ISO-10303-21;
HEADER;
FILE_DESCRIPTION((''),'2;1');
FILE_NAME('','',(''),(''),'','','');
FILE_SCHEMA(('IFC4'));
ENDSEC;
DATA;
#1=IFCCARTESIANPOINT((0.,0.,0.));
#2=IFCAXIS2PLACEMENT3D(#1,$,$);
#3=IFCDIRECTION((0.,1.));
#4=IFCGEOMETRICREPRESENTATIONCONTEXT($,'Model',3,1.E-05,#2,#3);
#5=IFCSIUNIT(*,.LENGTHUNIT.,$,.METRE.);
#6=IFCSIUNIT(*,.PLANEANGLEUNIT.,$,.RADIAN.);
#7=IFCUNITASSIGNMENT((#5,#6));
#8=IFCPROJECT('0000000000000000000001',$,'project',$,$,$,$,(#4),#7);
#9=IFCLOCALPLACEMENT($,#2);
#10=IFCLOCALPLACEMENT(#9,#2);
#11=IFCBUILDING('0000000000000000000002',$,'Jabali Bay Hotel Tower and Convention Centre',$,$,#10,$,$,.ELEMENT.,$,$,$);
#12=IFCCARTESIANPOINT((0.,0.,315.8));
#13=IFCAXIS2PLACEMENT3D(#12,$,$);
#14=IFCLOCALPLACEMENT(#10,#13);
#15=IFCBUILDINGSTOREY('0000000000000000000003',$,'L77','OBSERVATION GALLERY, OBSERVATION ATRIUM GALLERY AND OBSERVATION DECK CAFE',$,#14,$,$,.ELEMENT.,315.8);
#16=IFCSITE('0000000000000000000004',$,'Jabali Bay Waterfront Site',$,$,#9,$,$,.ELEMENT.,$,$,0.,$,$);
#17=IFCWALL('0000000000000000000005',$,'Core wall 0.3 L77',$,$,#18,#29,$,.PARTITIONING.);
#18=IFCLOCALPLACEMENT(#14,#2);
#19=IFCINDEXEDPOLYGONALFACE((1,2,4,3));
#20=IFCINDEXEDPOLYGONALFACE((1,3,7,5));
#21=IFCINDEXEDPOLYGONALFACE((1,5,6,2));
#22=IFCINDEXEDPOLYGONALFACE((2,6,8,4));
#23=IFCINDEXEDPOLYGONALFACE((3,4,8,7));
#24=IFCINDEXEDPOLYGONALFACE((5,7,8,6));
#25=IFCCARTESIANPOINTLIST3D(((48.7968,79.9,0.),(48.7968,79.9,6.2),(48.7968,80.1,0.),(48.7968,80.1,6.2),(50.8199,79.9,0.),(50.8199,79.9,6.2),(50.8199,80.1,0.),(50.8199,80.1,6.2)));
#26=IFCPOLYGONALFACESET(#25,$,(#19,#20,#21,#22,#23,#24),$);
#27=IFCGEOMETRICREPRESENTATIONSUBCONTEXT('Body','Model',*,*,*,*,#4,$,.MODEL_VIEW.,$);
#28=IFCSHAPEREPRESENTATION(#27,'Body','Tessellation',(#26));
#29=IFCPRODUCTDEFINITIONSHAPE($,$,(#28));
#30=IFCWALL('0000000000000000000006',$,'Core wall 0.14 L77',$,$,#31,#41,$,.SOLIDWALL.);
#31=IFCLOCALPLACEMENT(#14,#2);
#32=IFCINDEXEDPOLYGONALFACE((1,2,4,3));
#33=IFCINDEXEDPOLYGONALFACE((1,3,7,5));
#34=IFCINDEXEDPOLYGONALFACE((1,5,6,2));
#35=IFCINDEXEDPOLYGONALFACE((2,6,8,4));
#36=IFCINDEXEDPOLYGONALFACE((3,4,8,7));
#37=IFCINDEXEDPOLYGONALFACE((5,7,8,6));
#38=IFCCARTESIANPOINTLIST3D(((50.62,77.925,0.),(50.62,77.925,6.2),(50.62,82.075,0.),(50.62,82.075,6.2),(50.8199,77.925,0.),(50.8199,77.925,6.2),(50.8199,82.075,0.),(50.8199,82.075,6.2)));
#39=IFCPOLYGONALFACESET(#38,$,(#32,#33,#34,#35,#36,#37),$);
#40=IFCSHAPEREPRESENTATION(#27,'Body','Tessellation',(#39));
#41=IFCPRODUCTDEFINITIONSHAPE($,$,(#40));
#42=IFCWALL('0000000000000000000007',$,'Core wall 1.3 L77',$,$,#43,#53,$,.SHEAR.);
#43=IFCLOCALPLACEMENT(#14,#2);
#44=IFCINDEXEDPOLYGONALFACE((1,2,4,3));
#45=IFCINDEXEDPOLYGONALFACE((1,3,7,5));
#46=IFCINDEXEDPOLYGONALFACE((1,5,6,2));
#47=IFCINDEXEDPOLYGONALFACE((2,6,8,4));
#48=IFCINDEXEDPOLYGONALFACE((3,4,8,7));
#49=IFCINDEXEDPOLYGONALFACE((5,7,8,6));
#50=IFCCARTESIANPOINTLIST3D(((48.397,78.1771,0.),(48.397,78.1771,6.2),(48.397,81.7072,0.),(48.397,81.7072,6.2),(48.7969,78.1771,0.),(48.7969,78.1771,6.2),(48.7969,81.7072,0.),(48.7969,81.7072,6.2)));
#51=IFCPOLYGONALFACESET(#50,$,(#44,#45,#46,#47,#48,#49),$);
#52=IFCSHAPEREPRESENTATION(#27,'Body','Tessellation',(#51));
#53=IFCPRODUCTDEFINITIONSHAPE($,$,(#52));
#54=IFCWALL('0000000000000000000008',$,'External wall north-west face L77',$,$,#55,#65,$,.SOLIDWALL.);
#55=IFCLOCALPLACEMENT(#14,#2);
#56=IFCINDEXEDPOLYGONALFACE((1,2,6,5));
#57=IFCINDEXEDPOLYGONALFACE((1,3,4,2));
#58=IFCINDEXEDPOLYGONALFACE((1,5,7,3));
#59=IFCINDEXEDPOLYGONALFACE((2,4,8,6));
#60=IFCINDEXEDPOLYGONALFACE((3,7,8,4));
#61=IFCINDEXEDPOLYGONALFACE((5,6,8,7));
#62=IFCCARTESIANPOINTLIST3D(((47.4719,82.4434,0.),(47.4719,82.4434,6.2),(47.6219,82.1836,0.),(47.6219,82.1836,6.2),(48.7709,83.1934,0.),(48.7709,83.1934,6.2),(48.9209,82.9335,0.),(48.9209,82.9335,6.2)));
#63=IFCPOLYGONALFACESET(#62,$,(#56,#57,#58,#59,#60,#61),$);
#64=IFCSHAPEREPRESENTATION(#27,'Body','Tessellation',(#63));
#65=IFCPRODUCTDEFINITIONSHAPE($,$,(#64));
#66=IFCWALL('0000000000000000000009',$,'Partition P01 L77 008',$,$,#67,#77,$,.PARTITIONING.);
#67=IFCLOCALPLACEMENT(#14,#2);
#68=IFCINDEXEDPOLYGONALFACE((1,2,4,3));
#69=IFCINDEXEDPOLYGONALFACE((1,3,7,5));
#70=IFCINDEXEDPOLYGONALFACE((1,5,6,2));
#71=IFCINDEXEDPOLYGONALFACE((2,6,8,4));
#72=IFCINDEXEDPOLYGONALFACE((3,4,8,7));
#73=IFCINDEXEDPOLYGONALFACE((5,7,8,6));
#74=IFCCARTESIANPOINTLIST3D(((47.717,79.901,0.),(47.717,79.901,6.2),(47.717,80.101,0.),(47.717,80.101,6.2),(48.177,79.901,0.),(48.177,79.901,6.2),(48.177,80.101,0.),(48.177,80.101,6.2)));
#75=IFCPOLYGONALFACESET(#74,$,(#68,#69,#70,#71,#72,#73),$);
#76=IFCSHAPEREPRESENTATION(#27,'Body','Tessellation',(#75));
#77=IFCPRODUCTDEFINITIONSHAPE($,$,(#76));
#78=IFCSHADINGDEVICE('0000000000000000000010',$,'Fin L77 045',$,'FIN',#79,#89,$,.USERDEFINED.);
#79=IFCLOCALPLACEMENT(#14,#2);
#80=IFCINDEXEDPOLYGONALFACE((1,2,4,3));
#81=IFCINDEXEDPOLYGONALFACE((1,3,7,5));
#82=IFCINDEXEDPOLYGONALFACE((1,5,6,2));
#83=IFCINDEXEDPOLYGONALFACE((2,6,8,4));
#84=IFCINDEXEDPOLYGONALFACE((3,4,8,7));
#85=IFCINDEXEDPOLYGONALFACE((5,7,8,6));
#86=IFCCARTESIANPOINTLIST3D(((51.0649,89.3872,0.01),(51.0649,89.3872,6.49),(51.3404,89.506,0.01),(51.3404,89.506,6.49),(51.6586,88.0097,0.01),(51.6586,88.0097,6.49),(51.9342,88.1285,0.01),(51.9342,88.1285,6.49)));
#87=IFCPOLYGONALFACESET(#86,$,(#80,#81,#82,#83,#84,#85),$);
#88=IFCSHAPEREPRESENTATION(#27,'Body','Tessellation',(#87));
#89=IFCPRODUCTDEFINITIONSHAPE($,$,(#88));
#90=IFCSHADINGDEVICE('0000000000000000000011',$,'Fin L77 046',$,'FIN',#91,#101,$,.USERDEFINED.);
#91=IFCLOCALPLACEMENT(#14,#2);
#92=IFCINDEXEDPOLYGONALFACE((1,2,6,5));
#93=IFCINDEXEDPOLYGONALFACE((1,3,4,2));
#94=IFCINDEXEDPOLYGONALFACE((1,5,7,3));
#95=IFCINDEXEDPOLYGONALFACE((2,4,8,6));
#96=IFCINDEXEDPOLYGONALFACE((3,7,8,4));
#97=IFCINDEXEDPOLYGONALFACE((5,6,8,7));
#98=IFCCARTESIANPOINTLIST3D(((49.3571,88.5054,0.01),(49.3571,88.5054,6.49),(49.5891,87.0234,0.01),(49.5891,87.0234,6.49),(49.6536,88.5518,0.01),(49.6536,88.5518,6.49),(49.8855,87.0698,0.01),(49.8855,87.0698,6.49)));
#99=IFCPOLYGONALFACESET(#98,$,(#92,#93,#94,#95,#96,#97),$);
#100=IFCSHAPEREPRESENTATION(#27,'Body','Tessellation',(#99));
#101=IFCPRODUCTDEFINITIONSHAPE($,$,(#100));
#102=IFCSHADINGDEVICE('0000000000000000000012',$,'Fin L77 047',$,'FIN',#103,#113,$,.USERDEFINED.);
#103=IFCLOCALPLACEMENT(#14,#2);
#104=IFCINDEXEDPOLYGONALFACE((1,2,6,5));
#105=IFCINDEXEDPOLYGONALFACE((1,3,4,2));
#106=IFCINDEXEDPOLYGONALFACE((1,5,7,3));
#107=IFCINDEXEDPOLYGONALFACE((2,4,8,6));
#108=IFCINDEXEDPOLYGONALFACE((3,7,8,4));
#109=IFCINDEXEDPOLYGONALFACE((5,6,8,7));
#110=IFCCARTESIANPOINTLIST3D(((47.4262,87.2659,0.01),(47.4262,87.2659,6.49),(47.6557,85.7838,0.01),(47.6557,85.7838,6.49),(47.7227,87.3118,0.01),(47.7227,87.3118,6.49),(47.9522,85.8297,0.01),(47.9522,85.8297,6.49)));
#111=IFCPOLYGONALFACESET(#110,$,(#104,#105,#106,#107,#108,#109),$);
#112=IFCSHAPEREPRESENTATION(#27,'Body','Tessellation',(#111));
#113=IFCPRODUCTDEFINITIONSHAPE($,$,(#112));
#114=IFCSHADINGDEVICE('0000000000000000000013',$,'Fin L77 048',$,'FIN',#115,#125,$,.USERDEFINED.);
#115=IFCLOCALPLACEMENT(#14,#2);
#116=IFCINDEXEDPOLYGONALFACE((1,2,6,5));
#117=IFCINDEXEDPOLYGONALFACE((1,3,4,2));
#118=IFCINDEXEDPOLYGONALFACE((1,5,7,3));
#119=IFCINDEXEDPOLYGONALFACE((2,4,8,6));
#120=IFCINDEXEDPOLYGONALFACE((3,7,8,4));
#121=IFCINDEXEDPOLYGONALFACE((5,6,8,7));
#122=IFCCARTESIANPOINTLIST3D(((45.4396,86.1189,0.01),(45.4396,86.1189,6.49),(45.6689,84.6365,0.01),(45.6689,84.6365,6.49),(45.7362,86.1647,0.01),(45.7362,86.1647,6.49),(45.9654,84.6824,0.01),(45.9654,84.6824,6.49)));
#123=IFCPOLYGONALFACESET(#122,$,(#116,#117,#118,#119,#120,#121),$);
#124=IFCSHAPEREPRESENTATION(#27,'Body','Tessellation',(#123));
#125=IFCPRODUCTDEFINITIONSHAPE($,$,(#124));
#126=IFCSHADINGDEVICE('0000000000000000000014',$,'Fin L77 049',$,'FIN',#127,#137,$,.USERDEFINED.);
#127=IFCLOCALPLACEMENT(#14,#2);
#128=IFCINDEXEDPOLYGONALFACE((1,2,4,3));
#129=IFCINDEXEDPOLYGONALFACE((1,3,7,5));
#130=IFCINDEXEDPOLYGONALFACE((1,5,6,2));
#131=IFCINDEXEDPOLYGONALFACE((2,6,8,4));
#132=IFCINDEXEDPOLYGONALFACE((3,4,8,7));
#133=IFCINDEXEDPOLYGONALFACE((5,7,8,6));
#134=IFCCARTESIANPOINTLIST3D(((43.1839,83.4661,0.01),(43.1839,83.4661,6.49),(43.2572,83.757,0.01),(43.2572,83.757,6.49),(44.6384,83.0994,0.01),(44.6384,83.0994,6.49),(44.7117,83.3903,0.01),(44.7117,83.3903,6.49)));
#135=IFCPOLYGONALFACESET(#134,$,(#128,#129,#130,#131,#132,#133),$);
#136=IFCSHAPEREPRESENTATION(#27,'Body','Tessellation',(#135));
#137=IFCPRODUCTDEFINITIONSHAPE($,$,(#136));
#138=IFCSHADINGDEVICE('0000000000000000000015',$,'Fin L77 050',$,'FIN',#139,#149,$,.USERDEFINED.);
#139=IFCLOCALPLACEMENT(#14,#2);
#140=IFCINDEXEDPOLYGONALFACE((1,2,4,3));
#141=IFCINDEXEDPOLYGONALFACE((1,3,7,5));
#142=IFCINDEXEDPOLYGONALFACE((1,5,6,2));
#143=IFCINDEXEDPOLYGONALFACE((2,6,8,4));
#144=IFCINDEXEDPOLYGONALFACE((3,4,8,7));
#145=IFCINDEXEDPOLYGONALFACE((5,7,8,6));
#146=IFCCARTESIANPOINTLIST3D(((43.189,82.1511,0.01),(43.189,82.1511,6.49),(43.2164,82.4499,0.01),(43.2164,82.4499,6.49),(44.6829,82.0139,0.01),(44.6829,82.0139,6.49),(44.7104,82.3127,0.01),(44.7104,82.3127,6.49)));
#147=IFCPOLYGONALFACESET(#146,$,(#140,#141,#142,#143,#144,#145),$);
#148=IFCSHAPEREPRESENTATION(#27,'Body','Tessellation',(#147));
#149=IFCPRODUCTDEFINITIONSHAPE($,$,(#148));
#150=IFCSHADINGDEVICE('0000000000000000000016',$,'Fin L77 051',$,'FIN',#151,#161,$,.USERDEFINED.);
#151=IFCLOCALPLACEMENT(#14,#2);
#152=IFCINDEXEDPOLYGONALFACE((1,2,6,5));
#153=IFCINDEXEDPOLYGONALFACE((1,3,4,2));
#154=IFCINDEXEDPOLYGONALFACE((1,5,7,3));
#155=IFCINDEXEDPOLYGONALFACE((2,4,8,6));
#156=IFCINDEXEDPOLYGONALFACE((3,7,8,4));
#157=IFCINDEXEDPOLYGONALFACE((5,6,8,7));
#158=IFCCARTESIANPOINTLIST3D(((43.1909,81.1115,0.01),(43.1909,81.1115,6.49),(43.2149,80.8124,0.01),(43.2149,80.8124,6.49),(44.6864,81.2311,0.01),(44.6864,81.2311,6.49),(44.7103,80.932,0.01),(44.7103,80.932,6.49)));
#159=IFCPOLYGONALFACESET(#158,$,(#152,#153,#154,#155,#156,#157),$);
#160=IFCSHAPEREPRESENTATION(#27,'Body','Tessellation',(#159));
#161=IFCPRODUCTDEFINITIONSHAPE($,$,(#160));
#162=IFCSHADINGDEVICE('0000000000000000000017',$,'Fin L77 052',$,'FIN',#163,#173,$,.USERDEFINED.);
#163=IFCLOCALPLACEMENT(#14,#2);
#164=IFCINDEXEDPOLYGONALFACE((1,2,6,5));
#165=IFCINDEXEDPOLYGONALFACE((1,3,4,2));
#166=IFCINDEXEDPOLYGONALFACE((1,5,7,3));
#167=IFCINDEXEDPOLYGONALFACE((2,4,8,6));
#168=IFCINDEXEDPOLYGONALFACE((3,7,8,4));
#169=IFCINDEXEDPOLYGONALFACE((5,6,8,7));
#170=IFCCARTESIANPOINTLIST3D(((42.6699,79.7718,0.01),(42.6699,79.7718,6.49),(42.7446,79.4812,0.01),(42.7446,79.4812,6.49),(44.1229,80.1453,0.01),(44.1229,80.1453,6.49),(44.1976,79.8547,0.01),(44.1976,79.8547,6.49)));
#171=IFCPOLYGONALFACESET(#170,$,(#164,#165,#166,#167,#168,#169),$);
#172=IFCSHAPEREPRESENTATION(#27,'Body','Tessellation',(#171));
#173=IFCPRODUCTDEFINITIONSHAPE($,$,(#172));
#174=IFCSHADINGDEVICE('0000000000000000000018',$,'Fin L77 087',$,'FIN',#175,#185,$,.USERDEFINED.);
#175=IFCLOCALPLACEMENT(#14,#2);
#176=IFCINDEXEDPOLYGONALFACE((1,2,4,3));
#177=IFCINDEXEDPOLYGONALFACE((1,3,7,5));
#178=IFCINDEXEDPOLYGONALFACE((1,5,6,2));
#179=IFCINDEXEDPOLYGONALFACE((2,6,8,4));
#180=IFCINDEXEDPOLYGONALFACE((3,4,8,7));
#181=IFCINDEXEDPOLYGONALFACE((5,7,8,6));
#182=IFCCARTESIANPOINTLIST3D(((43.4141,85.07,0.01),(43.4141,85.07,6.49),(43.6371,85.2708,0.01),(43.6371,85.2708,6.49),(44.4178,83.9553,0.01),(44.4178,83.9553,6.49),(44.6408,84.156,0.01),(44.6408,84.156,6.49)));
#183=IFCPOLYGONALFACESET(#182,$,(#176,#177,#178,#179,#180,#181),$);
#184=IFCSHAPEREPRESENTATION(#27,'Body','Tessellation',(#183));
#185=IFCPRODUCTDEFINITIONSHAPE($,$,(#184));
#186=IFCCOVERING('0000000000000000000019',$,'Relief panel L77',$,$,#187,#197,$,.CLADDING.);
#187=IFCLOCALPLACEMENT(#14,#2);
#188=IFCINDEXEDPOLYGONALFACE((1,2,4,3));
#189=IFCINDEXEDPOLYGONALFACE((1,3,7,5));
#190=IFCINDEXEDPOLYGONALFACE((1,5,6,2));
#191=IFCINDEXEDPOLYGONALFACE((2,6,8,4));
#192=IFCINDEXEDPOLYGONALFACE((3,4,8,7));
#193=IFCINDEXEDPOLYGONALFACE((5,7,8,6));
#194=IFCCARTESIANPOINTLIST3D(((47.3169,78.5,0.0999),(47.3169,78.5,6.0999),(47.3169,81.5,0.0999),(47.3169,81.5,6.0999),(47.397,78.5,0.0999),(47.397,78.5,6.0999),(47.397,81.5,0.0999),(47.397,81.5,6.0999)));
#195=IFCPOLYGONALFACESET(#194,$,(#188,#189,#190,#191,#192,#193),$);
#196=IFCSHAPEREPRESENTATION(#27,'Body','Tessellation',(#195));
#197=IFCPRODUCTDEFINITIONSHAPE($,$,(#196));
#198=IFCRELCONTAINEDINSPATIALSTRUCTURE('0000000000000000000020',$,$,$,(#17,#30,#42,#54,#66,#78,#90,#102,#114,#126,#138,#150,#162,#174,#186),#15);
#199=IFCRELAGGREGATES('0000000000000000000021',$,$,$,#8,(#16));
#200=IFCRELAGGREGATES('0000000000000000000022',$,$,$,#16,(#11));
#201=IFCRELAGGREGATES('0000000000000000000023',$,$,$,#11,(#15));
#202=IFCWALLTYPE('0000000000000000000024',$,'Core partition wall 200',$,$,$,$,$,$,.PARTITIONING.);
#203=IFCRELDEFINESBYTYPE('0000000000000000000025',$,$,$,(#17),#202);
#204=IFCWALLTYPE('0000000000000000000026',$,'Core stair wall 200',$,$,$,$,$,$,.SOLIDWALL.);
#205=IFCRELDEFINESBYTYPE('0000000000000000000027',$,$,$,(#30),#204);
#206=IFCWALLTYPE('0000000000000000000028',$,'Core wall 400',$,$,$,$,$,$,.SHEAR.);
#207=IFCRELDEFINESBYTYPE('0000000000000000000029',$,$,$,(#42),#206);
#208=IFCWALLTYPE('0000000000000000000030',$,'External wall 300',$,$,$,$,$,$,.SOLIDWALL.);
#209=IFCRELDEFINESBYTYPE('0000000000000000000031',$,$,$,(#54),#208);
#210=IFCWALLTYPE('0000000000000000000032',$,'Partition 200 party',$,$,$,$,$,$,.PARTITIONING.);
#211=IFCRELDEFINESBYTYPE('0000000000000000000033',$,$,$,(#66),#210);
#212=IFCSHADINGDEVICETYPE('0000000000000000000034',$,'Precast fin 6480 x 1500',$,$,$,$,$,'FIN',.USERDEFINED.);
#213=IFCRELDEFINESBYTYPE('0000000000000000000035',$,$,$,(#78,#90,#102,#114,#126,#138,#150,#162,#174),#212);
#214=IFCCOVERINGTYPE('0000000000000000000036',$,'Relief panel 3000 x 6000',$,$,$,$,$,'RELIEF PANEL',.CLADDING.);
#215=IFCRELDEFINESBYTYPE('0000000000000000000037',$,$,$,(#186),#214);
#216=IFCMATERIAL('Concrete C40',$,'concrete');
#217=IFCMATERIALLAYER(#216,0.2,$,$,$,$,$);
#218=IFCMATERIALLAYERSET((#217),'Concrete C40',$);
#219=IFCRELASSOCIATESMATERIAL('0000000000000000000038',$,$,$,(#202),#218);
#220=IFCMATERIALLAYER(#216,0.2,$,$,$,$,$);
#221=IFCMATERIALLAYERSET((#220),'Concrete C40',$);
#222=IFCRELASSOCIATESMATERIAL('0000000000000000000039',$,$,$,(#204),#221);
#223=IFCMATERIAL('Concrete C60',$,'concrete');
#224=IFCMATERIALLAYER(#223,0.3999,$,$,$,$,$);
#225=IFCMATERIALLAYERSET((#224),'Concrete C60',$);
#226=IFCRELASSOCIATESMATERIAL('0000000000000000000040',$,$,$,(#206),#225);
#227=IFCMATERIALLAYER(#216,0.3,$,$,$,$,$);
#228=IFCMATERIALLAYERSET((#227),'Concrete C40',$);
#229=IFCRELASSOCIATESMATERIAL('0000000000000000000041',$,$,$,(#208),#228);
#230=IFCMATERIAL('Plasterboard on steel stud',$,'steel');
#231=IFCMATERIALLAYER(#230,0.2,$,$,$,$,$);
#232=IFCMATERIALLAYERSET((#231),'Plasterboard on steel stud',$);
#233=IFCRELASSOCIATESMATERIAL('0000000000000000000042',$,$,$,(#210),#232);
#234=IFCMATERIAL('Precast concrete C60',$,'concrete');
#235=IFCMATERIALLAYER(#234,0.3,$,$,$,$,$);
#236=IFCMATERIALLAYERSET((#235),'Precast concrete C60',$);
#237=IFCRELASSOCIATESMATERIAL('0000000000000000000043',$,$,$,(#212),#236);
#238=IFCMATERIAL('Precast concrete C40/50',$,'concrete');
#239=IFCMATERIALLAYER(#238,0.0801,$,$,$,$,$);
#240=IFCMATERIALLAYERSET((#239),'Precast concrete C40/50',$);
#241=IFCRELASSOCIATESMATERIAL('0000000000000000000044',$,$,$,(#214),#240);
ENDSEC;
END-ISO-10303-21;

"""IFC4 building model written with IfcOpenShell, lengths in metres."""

from ifc_helpers import new_model, si_unit, direction, frame, frame_2d, origin, origin_2d, place, context, subcontext, project, spatial, rectangle, extrude, material, layer, layer_set, type_object, element, save


model = new_model("IFC4")

# Units and contexts
model_context = context("Model", 3, precision=1e-05, world=origin(), true_north=direction((0.0, 1.0)))
body_context = subcontext(model_context, "Body", "Model", "MODEL_VIEW")
ifc_project = project(units=[si_unit("LENGTHUNIT", "METRE"), si_unit("PLANEANGLEUNIT", "RADIAN")], contexts=[model_context])

# Site, building, storey
site_placement = place(None, origin())
site = spatial("IfcSite", under=ifc_project, at=site_placement, Name="Jabali Bay Waterfront Site", CompositionType="ELEMENT", RefElevation=0.0)
building_placement = place(site_placement, origin())
building = spatial("IfcBuilding", under=site, at=building_placement, Name="Jabali Bay Hotel Tower and Convention Centre", CompositionType="ELEMENT")
storey_placement = place(building_placement, frame((0.0, 0.0, 315.8)))
storey = spatial("IfcBuildingStorey", under=building, at=storey_placement, Name="L77", Description="OBSERVATION GALLERY, OBSERVATION ATRIUM GALLERY AND OBSERVATION DECK CAFE", CompositionType="ELEMENT", Elevation=315.8)

# Shared definitions
ifc_material_1 = material(Name="Concrete C60", Category="concrete")

# Walls
ifc_material_2 = material(Name="Concrete C40", Category="concrete")
ifc_layer_1 = layer(ifc_material_2, 0.2)
ifc_layer_set_1 = layer_set([ifc_layer_1], Name="Concrete C40")
wall_type_1 = type_object("IfcWallType", Name="Core partition wall 200", PredefinedType="PARTITIONING", material=ifc_layer_set_1)
wall_1_placement = place(storey_placement, frame((50.8201, 80.0, 0.0), z_axis=(0.0, 0.0, 1.0), x_axis=(-1.0, 0.0, 0.0)))
element("IfcWall", 1, at=wall_1_placement, inside=storey, type_object=wall_type_1, Name="Core wall 0.3 L77", PredefinedType="PARTITIONING", context=body_context, shape_type="SweptSolid", body=[
    extrude(rectangle(XDim=2.0232, YDim=0.2, at=frame_2d((1.0117, 0.0))), origin(), (0.0, 0.0, 1.0), 6.2),
])
ifc_layer_2 = layer(ifc_material_2, 0.2)
ifc_layer_set_2 = layer_set([ifc_layer_2], Name="Concrete C40")
wall_type_2 = type_object("IfcWallType", Name="Core stair wall 200", PredefinedType="SOLIDWALL", material=ifc_layer_set_2)
wall_2_placement = place(storey_placement, frame((50.72, 82.075, 0.0), z_axis=(0.0, 0.0, 1.0), x_axis=(0.0, -1.0, 0.0)))
element("IfcWall", 2, at=wall_2_placement, inside=storey, type_object=wall_type_2, Name="Core wall 0.14 L77", PredefinedType="SOLIDWALL", context=body_context, shape_type="SweptSolid", body=[
    extrude(rectangle(XDim=4.1499, YDim=0.2, at=frame_2d((2.075, 0.0))), origin(), (0.0, 0.0, 1.0), 6.2),
])
ifc_layer_3 = layer(ifc_material_1, 0.3999)
ifc_layer_set_3 = layer_set([ifc_layer_3], Name="Concrete C60")
wall_type_3 = type_object("IfcWallType", Name="Core wall 400", PredefinedType="SHEAR", material=ifc_layer_set_3)
wall_3_placement = place(storey_placement, frame((48.5969, 81.7073, 0.0), z_axis=(0.0, 0.0, 1.0), x_axis=(0.0, -1.0, 0.0)))
element("IfcWall", 3, at=wall_3_placement, inside=storey, type_object=wall_type_3, Name="Core wall 1.3 L77", PredefinedType="SHEAR", context=body_context, shape_type="SweptSolid", body=[
    extrude(rectangle(XDim=3.53, YDim=0.3999, at=frame_2d((1.7651, 0.0))), origin(), (0.0, 0.0, 1.0), 6.2),
])
ifc_layer_4 = layer(ifc_material_2, 0.3)
ifc_layer_set_4 = layer_set([ifc_layer_4], Name="Concrete C40")
wall_type_4 = type_object("IfcWallType", Name="External wall 300", PredefinedType="SOLIDWALL", material=ifc_layer_set_4)
wall_4_placement = place(storey_placement, frame((47.5469, 82.3135, 0.0), z_axis=(0.0, 0.0, 1.0), x_axis=(0.866031, 0.49999, 0.0)))
element("IfcWall", 4, at=wall_4_placement, inside=storey, type_object=wall_type_4, Name="External wall north-west face L77", PredefinedType="SOLIDWALL", context=body_context, shape_type="SweptSolid", body=[
    extrude(rectangle(XDim=1.5, YDim=0.3, at=frame_2d((0.75, 0.0))), origin(), (0.0, 0.0, 1.0), 6.2),
])
ifc_material_3 = material(Name="Plasterboard on steel stud", Category="steel")
ifc_layer_5 = layer(ifc_material_3, 0.2)
ifc_layer_set_5 = layer_set([ifc_layer_5], Name="Plasterboard on steel stud")
wall_type_5 = type_object("IfcWallType", Name="Partition 200 party", PredefinedType="PARTITIONING", material=ifc_layer_set_5)
wall_5_placement = place(storey_placement, frame((47.717, 80.001, 0.0), z_axis=(0.0, 0.0, 1.0), x_axis=(1.0, 0.0, 0.0)))
element("IfcWall", 5, at=wall_5_placement, inside=storey, type_object=wall_type_5, Name="Partition P01 L77 008", PredefinedType="PARTITIONING", context=body_context, shape_type="SweptSolid", body=[
    extrude(rectangle(XDim=0.46, YDim=0.2, at=frame_2d((0.23, 0.0))), origin(), (0.0, 0.0, 1.0), 6.2),
])

# Shading devices
ifc_material_4 = material(Name="Precast concrete C60", Category="concrete")
ifc_layer_6 = layer(ifc_material_4, 0.3)
ifc_layer_set_6 = layer_set([ifc_layer_6], Name="Precast concrete C60")
shading_device_type = type_object("IfcShadingDeviceType", Name="Precast fin 6480 x 1500", ElementType="FIN", PredefinedType="USERDEFINED", material=ifc_layer_set_6)
for number, where, z_axis, x_axis, name in (
    (6, (51.7964, 88.0691, 0.01), (0.0, 0.0, 1.0), (-0.395844, 0.918318, 0.0), "Fin L77 045"),
    (7, (49.7373, 87.0466, 0.01), (0.0, 0.0, 1.0), (-0.154625, 0.987973, 0.0), "Fin L77 046"),
):
    element("IfcShadingDevice", number, at=place(storey_placement, frame(where, z_axis=z_axis, x_axis=x_axis)), inside=storey, type_object=shading_device_type, Name=name, ObjectType="FIN", PredefinedType="USERDEFINED", context=body_context, shape_type="SweptSolid", body=[
        extrude(rectangle(XDim=1.5, YDim=0.3, at=frame_2d((0.75, 0.0))), origin(), (0.0, 0.0, 1.0), 6.48),
    ])
shading_device_1_placement = place(storey_placement, frame((47.804, 85.8066, 0.01), z_axis=(0.0, 0.0, 1.0), x_axis=(-0.153011, 0.988224, 0.0)))
element("IfcShadingDevice", 8, at=shading_device_1_placement, inside=storey, type_object=shading_device_type, Name="Fin L77 047", ObjectType="FIN", PredefinedType="USERDEFINED", context=body_context, shape_type="SweptSolid", body=[
    extrude(rectangle(XDim=1.4998, YDim=0.3, at=frame_2d((0.75, 0.0))), origin(), (0.0, 0.0, 1.0), 6.48),
])
for number, where, z_axis, x_axis, name in (
    (9, (45.8171, 84.6594, 0.01), (0.0, 0.0, 1.0), (-0.152828, 0.988253, 0.0), "Fin L77 048"),
    (10, (44.675, 83.2449, 0.01), (0.0, 0.0, 1.0), (-0.969662, 0.24445, 0.0), "Fin L77 049"),
):
    element("IfcShadingDevice", number, at=place(storey_placement, frame(where, z_axis=z_axis, x_axis=x_axis)), inside=storey, type_object=shading_device_type, Name=name, ObjectType="FIN", PredefinedType="USERDEFINED", context=body_context, shape_type="SweptSolid", body=[
        extrude(rectangle(XDim=1.5, YDim=0.3, at=frame_2d((0.75, 0.0))), origin(), (0.0, 0.0, 1.0), 6.48),
    ])
for number, where, z_axis, x_axis, name in (
    (11, (44.6965, 82.1633, 0.01), (0.0, 0.0, 1.0), (-0.995809, 0.09146, 0.0), "Fin L77 050"),
    (12, (44.6982, 81.0815, 0.01), (0.0, 0.0, 1.0), (-0.996815, -0.079745, 0.0), "Fin L77 051"),
    (13, (44.1602, 80.0, 0.01), (0.0, 0.0, 1.0), (-0.968503, -0.249002, 0.0), "Fin L77 052"),
):
    element("IfcShadingDevice", number, at=place(storey_placement, frame(where, z_axis=z_axis, x_axis=x_axis)), inside=storey, type_object=shading_device_type, Name=name, ObjectType="FIN", PredefinedType="USERDEFINED", context=body_context, shape_type="SweptSolid", body=[
        extrude(rectangle(XDim=1.5002, YDim=0.3, at=frame_2d((0.75, 0.0))), origin(), (0.0, 0.0, 1.0), 6.48),
    ])
shading_device_2_placement = place(storey_placement, frame((44.5293, 84.0557, 0.01), z_axis=(0.0, 0.0, 1.0), x_axis=(-0.669109, 0.743165, 0.0)))
element("IfcShadingDevice", 14, at=shading_device_2_placement, inside=storey, type_object=shading_device_type, Name="Fin L77 087", ObjectType="FIN", PredefinedType="USERDEFINED", context=body_context, shape_type="SweptSolid", body=[
    extrude(rectangle(XDim=1.5, YDim=0.3, at=frame_2d((0.75, 0.0))), origin(), (0.0, 0.0, 1.0), 6.48),
])

# Covering
ifc_material_5 = material(Name="Precast concrete C40/50", Category="concrete")
ifc_layer_7 = layer(ifc_material_5, 0.0801)
ifc_layer_set_7 = layer_set([ifc_layer_7], Name="Precast concrete C40/50")
covering_type = type_object("IfcCoveringType", Name="Relief panel 3000 x 6000", ElementType="RELIEF PANEL", PredefinedType="CLADDING", material=ifc_layer_set_7)
covering_placement = place(storey_placement, frame((47.3569, 80.0, 0.0999), z_axis=(0.0, 0.0, 1.0), x_axis=(0.0, 1.0, 0.0)))
element("IfcCovering", 15, at=covering_placement, inside=storey, type_object=covering_type, Name="Relief panel L77", PredefinedType="CLADDING", context=body_context, shape_type="SweptSolid", body=[
    extrude(rectangle(XDim=3.0, YDim=0.0801, at=origin_2d()), origin(), (0.0, 0.0, 1.0), 6.0),
])

save(model, "model.ifc")
